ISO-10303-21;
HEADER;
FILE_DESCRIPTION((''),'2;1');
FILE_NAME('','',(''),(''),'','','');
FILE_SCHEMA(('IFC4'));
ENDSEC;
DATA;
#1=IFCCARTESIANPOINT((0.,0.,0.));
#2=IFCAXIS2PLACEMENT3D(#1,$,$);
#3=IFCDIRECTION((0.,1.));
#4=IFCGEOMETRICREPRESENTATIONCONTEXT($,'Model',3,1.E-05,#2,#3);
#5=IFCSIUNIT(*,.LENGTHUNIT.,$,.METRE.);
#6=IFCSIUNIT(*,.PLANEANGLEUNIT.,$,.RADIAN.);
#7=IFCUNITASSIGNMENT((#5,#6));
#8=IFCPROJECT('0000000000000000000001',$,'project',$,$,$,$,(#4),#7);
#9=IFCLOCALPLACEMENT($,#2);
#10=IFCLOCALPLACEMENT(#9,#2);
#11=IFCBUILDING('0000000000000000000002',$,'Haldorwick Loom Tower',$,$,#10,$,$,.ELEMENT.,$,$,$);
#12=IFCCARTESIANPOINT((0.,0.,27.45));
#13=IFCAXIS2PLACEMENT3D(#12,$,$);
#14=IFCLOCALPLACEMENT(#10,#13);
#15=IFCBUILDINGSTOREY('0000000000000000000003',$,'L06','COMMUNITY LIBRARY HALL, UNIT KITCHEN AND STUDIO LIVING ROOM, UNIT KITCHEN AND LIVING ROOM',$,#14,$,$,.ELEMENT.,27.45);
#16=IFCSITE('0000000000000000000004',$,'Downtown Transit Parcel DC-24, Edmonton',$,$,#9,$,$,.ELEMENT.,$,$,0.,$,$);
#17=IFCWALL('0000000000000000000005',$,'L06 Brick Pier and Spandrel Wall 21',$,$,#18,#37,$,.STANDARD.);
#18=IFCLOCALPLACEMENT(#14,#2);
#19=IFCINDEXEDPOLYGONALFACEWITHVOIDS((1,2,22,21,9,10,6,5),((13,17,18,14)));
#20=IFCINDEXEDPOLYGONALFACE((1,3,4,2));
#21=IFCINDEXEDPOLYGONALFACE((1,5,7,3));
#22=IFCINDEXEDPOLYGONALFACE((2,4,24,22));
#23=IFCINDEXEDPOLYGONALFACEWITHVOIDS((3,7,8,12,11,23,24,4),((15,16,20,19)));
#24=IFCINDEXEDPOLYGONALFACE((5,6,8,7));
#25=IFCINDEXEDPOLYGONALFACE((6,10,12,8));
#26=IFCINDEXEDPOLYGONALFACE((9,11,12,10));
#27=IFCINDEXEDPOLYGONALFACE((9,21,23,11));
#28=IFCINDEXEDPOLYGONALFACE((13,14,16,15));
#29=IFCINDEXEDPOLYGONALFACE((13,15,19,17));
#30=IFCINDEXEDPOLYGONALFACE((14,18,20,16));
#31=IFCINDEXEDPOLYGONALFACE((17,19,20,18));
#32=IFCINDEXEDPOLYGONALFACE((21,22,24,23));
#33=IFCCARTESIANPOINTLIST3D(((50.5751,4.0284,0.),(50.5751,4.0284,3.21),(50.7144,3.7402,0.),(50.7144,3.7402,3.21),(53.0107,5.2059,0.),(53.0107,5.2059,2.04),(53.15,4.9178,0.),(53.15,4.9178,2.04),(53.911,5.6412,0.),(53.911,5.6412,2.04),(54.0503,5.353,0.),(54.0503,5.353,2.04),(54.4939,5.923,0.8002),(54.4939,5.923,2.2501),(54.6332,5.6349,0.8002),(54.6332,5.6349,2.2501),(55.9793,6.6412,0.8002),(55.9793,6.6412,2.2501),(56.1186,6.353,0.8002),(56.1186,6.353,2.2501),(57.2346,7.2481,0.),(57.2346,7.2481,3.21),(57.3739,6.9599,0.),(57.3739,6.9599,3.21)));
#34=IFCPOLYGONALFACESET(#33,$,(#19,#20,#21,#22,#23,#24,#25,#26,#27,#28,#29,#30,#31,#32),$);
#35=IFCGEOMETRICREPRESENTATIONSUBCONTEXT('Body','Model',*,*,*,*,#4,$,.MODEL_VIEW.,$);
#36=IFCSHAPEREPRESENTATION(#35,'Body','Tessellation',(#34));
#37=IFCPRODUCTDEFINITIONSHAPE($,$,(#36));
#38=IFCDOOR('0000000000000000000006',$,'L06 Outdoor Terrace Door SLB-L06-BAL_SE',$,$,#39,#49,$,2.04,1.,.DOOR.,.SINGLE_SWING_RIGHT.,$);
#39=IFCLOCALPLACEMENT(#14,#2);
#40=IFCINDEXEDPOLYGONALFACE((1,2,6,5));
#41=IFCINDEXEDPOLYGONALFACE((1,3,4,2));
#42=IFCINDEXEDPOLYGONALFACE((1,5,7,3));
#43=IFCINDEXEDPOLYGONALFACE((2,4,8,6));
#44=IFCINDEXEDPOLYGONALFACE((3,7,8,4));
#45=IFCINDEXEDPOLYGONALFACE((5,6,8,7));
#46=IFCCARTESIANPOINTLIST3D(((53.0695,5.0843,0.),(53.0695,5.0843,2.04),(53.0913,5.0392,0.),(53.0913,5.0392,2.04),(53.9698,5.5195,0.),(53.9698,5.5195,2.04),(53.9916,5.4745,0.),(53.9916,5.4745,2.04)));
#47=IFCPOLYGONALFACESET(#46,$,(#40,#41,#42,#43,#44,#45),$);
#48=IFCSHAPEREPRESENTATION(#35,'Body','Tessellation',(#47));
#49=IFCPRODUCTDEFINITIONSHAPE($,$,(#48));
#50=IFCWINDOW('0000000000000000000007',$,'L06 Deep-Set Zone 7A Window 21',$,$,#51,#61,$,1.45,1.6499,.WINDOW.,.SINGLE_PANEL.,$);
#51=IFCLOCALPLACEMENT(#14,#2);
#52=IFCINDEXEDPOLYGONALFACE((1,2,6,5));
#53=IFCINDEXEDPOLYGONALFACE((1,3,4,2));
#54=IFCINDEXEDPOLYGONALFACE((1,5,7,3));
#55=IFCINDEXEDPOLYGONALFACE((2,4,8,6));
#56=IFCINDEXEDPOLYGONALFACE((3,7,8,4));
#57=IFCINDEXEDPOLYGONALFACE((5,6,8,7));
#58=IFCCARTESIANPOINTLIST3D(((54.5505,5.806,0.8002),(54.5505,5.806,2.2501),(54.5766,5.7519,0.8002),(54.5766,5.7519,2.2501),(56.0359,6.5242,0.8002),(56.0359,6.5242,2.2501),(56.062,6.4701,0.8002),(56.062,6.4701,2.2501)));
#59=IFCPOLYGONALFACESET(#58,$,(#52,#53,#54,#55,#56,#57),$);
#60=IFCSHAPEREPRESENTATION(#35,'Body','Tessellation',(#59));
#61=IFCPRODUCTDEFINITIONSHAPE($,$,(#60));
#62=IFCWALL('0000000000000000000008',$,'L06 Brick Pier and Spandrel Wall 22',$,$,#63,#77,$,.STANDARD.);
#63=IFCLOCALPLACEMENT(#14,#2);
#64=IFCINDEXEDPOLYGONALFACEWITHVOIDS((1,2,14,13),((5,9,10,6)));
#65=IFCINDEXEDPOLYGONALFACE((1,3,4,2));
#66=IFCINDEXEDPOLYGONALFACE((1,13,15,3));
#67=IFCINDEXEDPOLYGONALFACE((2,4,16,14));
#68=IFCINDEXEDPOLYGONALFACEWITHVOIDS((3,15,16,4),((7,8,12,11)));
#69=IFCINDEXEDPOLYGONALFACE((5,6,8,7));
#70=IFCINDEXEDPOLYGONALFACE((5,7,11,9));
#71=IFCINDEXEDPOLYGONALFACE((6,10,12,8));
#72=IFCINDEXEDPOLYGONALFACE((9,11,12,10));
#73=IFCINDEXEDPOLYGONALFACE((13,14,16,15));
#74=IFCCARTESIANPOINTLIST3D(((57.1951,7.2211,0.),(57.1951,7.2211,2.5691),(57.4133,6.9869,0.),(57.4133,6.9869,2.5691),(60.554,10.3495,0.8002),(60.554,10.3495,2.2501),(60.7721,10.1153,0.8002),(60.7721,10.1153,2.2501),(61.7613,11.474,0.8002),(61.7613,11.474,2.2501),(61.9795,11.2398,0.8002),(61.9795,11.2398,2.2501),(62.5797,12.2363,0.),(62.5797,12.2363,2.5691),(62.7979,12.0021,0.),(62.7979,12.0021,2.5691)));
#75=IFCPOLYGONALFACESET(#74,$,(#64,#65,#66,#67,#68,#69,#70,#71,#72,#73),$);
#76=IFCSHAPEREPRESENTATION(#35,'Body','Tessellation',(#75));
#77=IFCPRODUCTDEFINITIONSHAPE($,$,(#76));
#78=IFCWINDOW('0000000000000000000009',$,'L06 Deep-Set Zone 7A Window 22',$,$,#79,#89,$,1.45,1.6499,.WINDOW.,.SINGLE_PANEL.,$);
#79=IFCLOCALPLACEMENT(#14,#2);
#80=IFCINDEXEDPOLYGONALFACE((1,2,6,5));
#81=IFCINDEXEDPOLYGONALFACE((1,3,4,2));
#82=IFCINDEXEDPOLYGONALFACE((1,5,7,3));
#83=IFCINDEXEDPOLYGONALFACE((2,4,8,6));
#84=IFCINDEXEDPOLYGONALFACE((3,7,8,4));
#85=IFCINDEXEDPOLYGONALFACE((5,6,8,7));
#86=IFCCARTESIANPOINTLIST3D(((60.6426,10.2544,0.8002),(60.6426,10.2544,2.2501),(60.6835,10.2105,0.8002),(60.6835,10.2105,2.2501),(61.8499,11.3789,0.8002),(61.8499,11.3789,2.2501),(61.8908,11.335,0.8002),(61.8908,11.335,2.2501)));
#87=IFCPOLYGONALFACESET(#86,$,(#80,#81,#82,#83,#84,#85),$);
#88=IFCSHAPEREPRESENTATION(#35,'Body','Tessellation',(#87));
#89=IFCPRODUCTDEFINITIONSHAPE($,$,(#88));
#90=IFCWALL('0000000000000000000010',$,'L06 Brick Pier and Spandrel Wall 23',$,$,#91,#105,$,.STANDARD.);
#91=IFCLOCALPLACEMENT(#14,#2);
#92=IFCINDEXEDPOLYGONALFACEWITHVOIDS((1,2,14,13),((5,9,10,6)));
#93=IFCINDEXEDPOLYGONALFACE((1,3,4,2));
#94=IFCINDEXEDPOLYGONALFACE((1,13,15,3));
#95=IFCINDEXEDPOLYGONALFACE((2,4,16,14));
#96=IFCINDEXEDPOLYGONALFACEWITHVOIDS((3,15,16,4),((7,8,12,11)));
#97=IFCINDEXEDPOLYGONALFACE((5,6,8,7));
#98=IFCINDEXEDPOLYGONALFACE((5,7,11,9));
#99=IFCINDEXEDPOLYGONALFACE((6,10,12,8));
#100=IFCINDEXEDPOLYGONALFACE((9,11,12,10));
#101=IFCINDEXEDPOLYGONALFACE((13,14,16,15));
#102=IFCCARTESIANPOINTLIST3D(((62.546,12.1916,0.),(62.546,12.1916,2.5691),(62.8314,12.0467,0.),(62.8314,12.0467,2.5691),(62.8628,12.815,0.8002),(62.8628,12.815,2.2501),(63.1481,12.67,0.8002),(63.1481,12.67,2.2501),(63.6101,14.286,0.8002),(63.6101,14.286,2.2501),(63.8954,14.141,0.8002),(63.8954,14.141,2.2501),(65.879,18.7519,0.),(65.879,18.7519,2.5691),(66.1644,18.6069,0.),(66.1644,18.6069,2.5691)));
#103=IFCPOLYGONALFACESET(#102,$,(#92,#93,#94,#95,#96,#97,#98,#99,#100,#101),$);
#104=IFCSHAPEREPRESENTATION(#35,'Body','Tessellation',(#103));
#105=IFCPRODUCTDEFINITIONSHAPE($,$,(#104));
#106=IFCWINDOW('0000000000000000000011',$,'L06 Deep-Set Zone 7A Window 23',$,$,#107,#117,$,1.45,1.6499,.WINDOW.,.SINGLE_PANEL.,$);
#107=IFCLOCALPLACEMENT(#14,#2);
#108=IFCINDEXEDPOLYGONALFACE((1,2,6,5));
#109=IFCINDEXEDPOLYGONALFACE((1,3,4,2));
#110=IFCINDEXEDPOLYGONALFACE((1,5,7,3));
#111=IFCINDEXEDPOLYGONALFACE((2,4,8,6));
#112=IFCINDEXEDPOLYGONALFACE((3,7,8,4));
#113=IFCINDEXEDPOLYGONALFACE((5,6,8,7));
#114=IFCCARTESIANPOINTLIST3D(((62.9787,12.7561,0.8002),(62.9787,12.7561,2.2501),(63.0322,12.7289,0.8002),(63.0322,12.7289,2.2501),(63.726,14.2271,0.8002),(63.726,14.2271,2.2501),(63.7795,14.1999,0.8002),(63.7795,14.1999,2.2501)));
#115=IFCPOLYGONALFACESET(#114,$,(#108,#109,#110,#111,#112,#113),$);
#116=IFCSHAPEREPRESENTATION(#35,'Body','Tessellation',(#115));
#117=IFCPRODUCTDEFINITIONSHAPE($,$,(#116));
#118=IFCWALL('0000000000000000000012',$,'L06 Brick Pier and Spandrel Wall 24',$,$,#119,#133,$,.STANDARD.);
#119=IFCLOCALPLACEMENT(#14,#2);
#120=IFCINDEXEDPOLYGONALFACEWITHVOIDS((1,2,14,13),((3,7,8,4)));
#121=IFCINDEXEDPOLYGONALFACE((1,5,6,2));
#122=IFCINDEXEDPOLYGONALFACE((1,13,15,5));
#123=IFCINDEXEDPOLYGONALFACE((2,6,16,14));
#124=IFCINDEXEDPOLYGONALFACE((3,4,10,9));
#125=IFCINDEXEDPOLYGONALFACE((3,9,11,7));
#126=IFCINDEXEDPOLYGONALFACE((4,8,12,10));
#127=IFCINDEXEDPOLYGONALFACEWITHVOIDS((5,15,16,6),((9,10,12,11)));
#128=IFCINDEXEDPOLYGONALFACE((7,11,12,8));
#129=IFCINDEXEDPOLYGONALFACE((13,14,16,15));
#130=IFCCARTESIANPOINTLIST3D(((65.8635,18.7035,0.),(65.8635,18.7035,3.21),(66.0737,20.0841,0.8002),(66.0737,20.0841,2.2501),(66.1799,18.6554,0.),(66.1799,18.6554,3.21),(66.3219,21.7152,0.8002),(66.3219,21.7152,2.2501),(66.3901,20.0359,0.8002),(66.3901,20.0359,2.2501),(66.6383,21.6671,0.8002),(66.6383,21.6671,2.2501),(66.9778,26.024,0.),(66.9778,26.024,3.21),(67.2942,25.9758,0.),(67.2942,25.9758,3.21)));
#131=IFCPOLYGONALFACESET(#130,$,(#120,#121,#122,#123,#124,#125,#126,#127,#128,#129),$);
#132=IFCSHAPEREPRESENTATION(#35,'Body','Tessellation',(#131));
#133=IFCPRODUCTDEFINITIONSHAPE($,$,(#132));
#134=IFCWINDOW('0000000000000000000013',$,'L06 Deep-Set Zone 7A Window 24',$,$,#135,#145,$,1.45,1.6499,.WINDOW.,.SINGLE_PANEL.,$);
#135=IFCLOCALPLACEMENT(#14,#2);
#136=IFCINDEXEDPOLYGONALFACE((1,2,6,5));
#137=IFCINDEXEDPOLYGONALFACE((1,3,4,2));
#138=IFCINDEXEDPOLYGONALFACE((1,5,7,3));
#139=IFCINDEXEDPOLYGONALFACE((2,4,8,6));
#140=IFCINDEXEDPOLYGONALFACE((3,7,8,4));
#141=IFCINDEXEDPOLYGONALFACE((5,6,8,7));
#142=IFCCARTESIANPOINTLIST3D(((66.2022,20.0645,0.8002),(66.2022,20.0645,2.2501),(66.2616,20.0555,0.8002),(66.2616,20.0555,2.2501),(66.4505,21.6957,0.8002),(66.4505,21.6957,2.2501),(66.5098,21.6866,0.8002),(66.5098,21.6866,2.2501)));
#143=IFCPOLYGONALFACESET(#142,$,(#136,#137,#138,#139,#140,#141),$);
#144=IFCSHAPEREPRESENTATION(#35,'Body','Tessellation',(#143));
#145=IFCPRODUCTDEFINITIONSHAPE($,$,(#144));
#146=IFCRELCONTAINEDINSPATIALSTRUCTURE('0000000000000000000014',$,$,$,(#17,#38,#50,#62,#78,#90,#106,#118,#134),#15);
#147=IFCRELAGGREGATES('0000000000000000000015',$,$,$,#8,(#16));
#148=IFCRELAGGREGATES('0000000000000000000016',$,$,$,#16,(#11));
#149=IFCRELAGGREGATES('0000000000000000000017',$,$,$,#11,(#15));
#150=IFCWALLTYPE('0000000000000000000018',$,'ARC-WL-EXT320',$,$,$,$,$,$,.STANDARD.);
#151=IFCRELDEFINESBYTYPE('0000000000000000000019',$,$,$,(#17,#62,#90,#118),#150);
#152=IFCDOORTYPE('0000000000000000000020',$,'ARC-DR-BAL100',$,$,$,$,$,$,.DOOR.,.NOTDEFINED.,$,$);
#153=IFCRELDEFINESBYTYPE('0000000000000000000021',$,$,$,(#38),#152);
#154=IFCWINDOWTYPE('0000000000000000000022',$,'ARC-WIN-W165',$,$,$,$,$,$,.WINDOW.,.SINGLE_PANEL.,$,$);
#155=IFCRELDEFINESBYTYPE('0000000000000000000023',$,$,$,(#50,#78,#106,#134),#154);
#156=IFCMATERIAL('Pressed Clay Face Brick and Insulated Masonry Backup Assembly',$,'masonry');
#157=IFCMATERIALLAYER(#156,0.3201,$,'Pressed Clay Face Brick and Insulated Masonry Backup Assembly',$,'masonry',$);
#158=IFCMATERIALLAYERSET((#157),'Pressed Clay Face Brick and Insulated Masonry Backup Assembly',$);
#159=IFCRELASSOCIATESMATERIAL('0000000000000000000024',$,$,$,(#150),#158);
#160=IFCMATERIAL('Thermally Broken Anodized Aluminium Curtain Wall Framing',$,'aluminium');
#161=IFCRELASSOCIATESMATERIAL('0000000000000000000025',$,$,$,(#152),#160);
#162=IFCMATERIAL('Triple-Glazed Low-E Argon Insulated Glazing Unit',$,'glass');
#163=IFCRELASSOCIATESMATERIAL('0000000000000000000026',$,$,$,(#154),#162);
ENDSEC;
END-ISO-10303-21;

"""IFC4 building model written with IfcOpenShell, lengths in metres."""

from ifc_helpers import new_model, si_unit, direction, frame, frame_2d, origin, place, context, subcontext, project, spatial, rectangle, extrude, material, layer, layer_set, type_object, element, fill, save


model = new_model("IFC4")

# Units and contexts
model_context = context("Model", 3, precision=1e-05, world=origin(), true_north=direction((0.0, 1.0)))
body_context = subcontext(model_context, "Body", "Model", "MODEL_VIEW")
ifc_project = project(units=[si_unit("LENGTHUNIT", "METRE"), si_unit("PLANEANGLEUNIT", "RADIAN")], contexts=[model_context])

# Site, building, storey
site_placement = place(None, origin())
site = spatial("IfcSite", under=ifc_project, at=site_placement, Name="Downtown Transit Parcel DC-24, Edmonton", CompositionType="ELEMENT", RefElevation=0.0)
building_placement = place(site_placement, origin())
building = spatial("IfcBuilding", under=site, at=building_placement, Name="Haldorwick Loom Tower", CompositionType="ELEMENT")
storey_placement = place(building_placement, frame((0.0, 0.0, 27.45)))
storey = spatial("IfcBuildingStorey", under=building, at=storey_placement, Name="L06", Description="COMMUNITY LIBRARY HALL, UNIT KITCHEN AND STUDIO LIVING ROOM, UNIT KITCHEN AND LIVING ROOM", CompositionType="ELEMENT", Elevation=27.45)

# Wall, openings, door, window
ifc_material_1 = material(Name="Pressed Clay Face Brick and Insulated Masonry Backup Assembly", Category="masonry")
ifc_layer = layer(ifc_material_1, 0.3201, Name="Pressed Clay Face Brick and Insulated Masonry Backup Assembly", Category="masonry")
ifc_layer_set = layer_set([ifc_layer], Name="Pressed Clay Face Brick and Insulated Masonry Backup Assembly")
wall_type = type_object("IfcWallType", Name="ARC-WL-EXT320", PredefinedType="STANDARD", material=ifc_layer_set)
wall_1_placement = place(storey_placement, frame((50.6448, 3.8843, 0.0), z_axis=(0.0, 0.0, 1.0), x_axis=(0.900296, 0.435279, 0.0)))
wall_1 = element("IfcWall", 1, at=wall_1_placement, inside=storey, type_object=wall_type, Name="L06 Brick Pier and Spandrel Wall 21", PredefinedType="STANDARD", context=body_context, shape_type="SweptSolid", body=[
    extrude(rectangle(XDim=7.397, YDim=0.3201, at=frame_2d((3.6985, 0.0))), origin(), (0.0, 0.0, 1.0), 3.21),
])
opening_1_placement = place(wall_1_placement, frame((2.7053, 0.0, 0.0)))
opening_1 = element("IfcOpeningElement", 2, at=opening_1_placement, cuts=wall_1, PredefinedType="OPENING", context=body_context, shape_type="SweptSolid", body=[
    extrude(rectangle(XDim=1.0, YDim=2.04, at=frame_2d((0.5, 1.02))), frame((0.0, 0.1699, 0.0), z_axis=(0.0, -1.0, 0.0), x_axis=(1.0, 0.0, 0.0)), (0.0, 0.0, 1.0), 0.3401),
])
opening_2_placement = place(wall_1_placement, frame((4.3528, 0.0, 0.8)))
opening_2 = element("IfcOpeningElement", 3, at=opening_2_placement, cuts=wall_1, PredefinedType="OPENING", context=body_context, shape_type="SweptSolid", body=[
    extrude(rectangle(XDim=1.6499, YDim=1.45, at=frame_2d((0.825, 0.7251))), frame((0.0, 0.1699, 0.0), z_axis=(0.0, -1.0, 0.0), x_axis=(1.0, 0.0, 0.0)), (0.0, 0.0, 1.0), 0.3401),
])
ifc_material_2 = material(Name="Thermally Broken Anodized Aluminium Curtain Wall Framing", Category="aluminium")
door_type = type_object("IfcDoorType", Name="ARC-DR-BAL100", OperationType="NOTDEFINED", PredefinedType="DOOR", material=ifc_material_2)
door_placement = place(opening_1_placement, origin())
door = element("IfcDoor", 4, at=door_placement, inside=storey, type_object=door_type, Name="L06 Outdoor Terrace Door SLB-L06-BAL_SE", OperationType="SINGLE_SWING_RIGHT", OverallHeight=2.04, OverallWidth=1.0, PredefinedType="DOOR", context=body_context, shape_type="SweptSolid", body=[
    extrude(rectangle(XDim=1.0, YDim=2.04, at=frame_2d((0.5, 1.02))), frame((0.0, 0.0249, 0.0), z_axis=(0.0, -1.0, 0.0), x_axis=(1.0, 0.0, 0.0)), (0.0, 0.0, 1.0), 0.05),
])
fill(opening_1, door)
ifc_material_3 = material(Name="Triple-Glazed Low-E Argon Insulated Glazing Unit", Category="glass")
window_type = type_object("IfcWindowType", Name="ARC-WIN-W165", PartitioningType="SINGLE_PANEL", PredefinedType="WINDOW", material=ifc_material_3)
window_1_placement = place(opening_2_placement, origin())
window_1 = element("IfcWindow", 5, at=window_1_placement, inside=storey, type_object=window_type, Name="L06 Deep-Set Zone 7A Window 21", OverallHeight=1.45, OverallWidth=1.6499, PartitioningType="SINGLE_PANEL", PredefinedType="WINDOW", context=body_context, shape_type="SweptSolid", body=[
    extrude(rectangle(XDim=1.6499, YDim=1.45, at=frame_2d((0.825, 0.7251))), frame((0.0, 0.03, 0.0), z_axis=(0.0, -1.0, 0.0), x_axis=(1.0, 0.0, 0.0)), (0.0, 0.0, 1.0), 0.0601),
])
fill(opening_2, window_1)

# Walls, openings, windows
wall_2_placement = place(storey_placement, frame((57.3042, 7.104, 0.0), z_axis=(0.0, 0.0, 1.0), x_axis=(0.731761, 0.681561, 0.0)))
wall_2 = element("IfcWall", 6, at=wall_2_placement, inside=storey, type_object=wall_type, Name="L06 Brick Pier and Spandrel Wall 22", PredefinedType="STANDARD", context=body_context, shape_type="SweptSolid", body=[
    extrude(rectangle(XDim=7.3584, YDim=0.3201, at=frame_2d((3.6792, 0.0))), origin(), (0.0, 0.0, 1.0), 2.5691),
])
opening_3_placement = place(wall_2_placement, frame((4.5901, 0.0, 0.8)))
opening_3 = element("IfcOpeningElement", 7, at=opening_3_placement, cuts=wall_2, PredefinedType="OPENING", context=body_context, shape_type="SweptSolid", body=[
    extrude(rectangle(XDim=1.6499, YDim=1.45, at=frame_2d((0.825, 0.7251))), frame((0.0, 0.1699, 0.0), z_axis=(0.0, -1.0, 0.0), x_axis=(1.0, 0.0, 0.0)), (0.0, 0.0, 1.0), 0.3401),
])
window_2_placement = place(opening_3_placement, origin())
window_2 = element("IfcWindow", 8, at=window_2_placement, inside=storey, type_object=window_type, Name="L06 Deep-Set Zone 7A Window 22", OverallHeight=1.45, OverallWidth=1.6499, PartitioningType="SINGLE_PANEL", PredefinedType="WINDOW", context=body_context, shape_type="SweptSolid", body=[
    extrude(rectangle(XDim=1.6499, YDim=1.45, at=frame_2d((0.825, 0.7251))), frame((0.0, 0.03, 0.0), z_axis=(0.0, -1.0, 0.0), x_axis=(1.0, 0.0, 0.0)), (0.0, 0.0, 1.0), 0.0601),
])
fill(opening_3, window_2)
wall_3_placement = place(storey_placement, frame((62.6887, 12.1191, 0.0), z_axis=(0.0, 0.0, 1.0), x_axis=(0.452951, 0.891535, 0.0)))
wall_3 = element("IfcWall", 9, at=wall_3_placement, inside=storey, type_object=wall_type, Name="L06 Brick Pier and Spandrel Wall 23", PredefinedType="STANDARD", context=body_context, shape_type="SweptSolid", body=[
    extrude(rectangle(XDim=7.3584, YDim=0.3201, at=frame_2d((3.6792, 0.0))), origin(), (0.0, 0.0, 1.0), 2.5691),
])
opening_4_placement = place(wall_3_placement, frame((0.6992, 0.0, 0.8)))
opening_4 = element("IfcOpeningElement", 10, at=opening_4_placement, cuts=wall_3, PredefinedType="OPENING", context=body_context, shape_type="SweptSolid", body=[
    extrude(rectangle(XDim=1.6499, YDim=1.45, at=frame_2d((0.825, 0.7251))), frame((0.0, 0.1699, 0.0), z_axis=(0.0, -1.0, 0.0), x_axis=(1.0, 0.0, 0.0)), (0.0, 0.0, 1.0), 0.3401),
])
window_3_placement = place(opening_4_placement, origin())
window_3 = element("IfcWindow", 11, at=window_3_placement, inside=storey, type_object=window_type, Name="L06 Deep-Set Zone 7A Window 23", OverallHeight=1.45, OverallWidth=1.6499, PartitioningType="SINGLE_PANEL", PredefinedType="WINDOW", context=body_context, shape_type="SweptSolid", body=[
    extrude(rectangle(XDim=1.6499, YDim=1.45, at=frame_2d((0.825, 0.7251))), frame((0.0, 0.03, 0.0), z_axis=(0.0, -1.0, 0.0), x_axis=(1.0, 0.0, 0.0)), (0.0, 0.0, 1.0), 0.0601),
])
fill(opening_4, window_3)
wall_4_placement = place(storey_placement, frame((66.0217, 18.6794, 0.0), z_axis=(0.0, 0.0, 1.0), x_axis=(0.150476, 0.988614, 0.0)))
wall_4 = element("IfcWall", 12, at=wall_4_placement, inside=storey, type_object=wall_type, Name="L06 Brick Pier and Spandrel Wall 24", PredefinedType="STANDARD", context=body_context, shape_type="SweptSolid", body=[
    extrude(rectangle(XDim=7.4048, YDim=0.3201, at=frame_2d((3.7024, 0.0))), origin(), (0.0, 0.0, 1.0), 3.21),
])
opening_5_placement = place(wall_4_placement, frame((1.3965, 0.0, 0.8)))
opening_5 = element("IfcOpeningElement", 13, at=opening_5_placement, cuts=wall_4, PredefinedType="OPENING", context=body_context, shape_type="SweptSolid", body=[
    extrude(rectangle(XDim=1.6499, YDim=1.45, at=frame_2d((0.825, 0.7251))), frame((0.0, 0.1699, 0.0), z_axis=(0.0, -1.0, 0.0), x_axis=(1.0, 0.0, 0.0)), (0.0, 0.0, 1.0), 0.3401),
])
window_4_placement = place(opening_5_placement, origin())
window_4 = element("IfcWindow", 14, at=window_4_placement, inside=storey, type_object=window_type, Name="L06 Deep-Set Zone 7A Window 24", OverallHeight=1.45, OverallWidth=1.6499, PartitioningType="SINGLE_PANEL", PredefinedType="WINDOW", context=body_context, shape_type="SweptSolid", body=[
    extrude(rectangle(XDim=1.6499, YDim=1.45, at=frame_2d((0.825, 0.7251))), frame((0.0, 0.03, 0.0), z_axis=(0.0, -1.0, 0.0), x_axis=(1.0, 0.0, 0.0)), (0.0, 0.0, 1.0), 0.0601),
])
fill(opening_5, window_4)

save(model, "model.ifc")
